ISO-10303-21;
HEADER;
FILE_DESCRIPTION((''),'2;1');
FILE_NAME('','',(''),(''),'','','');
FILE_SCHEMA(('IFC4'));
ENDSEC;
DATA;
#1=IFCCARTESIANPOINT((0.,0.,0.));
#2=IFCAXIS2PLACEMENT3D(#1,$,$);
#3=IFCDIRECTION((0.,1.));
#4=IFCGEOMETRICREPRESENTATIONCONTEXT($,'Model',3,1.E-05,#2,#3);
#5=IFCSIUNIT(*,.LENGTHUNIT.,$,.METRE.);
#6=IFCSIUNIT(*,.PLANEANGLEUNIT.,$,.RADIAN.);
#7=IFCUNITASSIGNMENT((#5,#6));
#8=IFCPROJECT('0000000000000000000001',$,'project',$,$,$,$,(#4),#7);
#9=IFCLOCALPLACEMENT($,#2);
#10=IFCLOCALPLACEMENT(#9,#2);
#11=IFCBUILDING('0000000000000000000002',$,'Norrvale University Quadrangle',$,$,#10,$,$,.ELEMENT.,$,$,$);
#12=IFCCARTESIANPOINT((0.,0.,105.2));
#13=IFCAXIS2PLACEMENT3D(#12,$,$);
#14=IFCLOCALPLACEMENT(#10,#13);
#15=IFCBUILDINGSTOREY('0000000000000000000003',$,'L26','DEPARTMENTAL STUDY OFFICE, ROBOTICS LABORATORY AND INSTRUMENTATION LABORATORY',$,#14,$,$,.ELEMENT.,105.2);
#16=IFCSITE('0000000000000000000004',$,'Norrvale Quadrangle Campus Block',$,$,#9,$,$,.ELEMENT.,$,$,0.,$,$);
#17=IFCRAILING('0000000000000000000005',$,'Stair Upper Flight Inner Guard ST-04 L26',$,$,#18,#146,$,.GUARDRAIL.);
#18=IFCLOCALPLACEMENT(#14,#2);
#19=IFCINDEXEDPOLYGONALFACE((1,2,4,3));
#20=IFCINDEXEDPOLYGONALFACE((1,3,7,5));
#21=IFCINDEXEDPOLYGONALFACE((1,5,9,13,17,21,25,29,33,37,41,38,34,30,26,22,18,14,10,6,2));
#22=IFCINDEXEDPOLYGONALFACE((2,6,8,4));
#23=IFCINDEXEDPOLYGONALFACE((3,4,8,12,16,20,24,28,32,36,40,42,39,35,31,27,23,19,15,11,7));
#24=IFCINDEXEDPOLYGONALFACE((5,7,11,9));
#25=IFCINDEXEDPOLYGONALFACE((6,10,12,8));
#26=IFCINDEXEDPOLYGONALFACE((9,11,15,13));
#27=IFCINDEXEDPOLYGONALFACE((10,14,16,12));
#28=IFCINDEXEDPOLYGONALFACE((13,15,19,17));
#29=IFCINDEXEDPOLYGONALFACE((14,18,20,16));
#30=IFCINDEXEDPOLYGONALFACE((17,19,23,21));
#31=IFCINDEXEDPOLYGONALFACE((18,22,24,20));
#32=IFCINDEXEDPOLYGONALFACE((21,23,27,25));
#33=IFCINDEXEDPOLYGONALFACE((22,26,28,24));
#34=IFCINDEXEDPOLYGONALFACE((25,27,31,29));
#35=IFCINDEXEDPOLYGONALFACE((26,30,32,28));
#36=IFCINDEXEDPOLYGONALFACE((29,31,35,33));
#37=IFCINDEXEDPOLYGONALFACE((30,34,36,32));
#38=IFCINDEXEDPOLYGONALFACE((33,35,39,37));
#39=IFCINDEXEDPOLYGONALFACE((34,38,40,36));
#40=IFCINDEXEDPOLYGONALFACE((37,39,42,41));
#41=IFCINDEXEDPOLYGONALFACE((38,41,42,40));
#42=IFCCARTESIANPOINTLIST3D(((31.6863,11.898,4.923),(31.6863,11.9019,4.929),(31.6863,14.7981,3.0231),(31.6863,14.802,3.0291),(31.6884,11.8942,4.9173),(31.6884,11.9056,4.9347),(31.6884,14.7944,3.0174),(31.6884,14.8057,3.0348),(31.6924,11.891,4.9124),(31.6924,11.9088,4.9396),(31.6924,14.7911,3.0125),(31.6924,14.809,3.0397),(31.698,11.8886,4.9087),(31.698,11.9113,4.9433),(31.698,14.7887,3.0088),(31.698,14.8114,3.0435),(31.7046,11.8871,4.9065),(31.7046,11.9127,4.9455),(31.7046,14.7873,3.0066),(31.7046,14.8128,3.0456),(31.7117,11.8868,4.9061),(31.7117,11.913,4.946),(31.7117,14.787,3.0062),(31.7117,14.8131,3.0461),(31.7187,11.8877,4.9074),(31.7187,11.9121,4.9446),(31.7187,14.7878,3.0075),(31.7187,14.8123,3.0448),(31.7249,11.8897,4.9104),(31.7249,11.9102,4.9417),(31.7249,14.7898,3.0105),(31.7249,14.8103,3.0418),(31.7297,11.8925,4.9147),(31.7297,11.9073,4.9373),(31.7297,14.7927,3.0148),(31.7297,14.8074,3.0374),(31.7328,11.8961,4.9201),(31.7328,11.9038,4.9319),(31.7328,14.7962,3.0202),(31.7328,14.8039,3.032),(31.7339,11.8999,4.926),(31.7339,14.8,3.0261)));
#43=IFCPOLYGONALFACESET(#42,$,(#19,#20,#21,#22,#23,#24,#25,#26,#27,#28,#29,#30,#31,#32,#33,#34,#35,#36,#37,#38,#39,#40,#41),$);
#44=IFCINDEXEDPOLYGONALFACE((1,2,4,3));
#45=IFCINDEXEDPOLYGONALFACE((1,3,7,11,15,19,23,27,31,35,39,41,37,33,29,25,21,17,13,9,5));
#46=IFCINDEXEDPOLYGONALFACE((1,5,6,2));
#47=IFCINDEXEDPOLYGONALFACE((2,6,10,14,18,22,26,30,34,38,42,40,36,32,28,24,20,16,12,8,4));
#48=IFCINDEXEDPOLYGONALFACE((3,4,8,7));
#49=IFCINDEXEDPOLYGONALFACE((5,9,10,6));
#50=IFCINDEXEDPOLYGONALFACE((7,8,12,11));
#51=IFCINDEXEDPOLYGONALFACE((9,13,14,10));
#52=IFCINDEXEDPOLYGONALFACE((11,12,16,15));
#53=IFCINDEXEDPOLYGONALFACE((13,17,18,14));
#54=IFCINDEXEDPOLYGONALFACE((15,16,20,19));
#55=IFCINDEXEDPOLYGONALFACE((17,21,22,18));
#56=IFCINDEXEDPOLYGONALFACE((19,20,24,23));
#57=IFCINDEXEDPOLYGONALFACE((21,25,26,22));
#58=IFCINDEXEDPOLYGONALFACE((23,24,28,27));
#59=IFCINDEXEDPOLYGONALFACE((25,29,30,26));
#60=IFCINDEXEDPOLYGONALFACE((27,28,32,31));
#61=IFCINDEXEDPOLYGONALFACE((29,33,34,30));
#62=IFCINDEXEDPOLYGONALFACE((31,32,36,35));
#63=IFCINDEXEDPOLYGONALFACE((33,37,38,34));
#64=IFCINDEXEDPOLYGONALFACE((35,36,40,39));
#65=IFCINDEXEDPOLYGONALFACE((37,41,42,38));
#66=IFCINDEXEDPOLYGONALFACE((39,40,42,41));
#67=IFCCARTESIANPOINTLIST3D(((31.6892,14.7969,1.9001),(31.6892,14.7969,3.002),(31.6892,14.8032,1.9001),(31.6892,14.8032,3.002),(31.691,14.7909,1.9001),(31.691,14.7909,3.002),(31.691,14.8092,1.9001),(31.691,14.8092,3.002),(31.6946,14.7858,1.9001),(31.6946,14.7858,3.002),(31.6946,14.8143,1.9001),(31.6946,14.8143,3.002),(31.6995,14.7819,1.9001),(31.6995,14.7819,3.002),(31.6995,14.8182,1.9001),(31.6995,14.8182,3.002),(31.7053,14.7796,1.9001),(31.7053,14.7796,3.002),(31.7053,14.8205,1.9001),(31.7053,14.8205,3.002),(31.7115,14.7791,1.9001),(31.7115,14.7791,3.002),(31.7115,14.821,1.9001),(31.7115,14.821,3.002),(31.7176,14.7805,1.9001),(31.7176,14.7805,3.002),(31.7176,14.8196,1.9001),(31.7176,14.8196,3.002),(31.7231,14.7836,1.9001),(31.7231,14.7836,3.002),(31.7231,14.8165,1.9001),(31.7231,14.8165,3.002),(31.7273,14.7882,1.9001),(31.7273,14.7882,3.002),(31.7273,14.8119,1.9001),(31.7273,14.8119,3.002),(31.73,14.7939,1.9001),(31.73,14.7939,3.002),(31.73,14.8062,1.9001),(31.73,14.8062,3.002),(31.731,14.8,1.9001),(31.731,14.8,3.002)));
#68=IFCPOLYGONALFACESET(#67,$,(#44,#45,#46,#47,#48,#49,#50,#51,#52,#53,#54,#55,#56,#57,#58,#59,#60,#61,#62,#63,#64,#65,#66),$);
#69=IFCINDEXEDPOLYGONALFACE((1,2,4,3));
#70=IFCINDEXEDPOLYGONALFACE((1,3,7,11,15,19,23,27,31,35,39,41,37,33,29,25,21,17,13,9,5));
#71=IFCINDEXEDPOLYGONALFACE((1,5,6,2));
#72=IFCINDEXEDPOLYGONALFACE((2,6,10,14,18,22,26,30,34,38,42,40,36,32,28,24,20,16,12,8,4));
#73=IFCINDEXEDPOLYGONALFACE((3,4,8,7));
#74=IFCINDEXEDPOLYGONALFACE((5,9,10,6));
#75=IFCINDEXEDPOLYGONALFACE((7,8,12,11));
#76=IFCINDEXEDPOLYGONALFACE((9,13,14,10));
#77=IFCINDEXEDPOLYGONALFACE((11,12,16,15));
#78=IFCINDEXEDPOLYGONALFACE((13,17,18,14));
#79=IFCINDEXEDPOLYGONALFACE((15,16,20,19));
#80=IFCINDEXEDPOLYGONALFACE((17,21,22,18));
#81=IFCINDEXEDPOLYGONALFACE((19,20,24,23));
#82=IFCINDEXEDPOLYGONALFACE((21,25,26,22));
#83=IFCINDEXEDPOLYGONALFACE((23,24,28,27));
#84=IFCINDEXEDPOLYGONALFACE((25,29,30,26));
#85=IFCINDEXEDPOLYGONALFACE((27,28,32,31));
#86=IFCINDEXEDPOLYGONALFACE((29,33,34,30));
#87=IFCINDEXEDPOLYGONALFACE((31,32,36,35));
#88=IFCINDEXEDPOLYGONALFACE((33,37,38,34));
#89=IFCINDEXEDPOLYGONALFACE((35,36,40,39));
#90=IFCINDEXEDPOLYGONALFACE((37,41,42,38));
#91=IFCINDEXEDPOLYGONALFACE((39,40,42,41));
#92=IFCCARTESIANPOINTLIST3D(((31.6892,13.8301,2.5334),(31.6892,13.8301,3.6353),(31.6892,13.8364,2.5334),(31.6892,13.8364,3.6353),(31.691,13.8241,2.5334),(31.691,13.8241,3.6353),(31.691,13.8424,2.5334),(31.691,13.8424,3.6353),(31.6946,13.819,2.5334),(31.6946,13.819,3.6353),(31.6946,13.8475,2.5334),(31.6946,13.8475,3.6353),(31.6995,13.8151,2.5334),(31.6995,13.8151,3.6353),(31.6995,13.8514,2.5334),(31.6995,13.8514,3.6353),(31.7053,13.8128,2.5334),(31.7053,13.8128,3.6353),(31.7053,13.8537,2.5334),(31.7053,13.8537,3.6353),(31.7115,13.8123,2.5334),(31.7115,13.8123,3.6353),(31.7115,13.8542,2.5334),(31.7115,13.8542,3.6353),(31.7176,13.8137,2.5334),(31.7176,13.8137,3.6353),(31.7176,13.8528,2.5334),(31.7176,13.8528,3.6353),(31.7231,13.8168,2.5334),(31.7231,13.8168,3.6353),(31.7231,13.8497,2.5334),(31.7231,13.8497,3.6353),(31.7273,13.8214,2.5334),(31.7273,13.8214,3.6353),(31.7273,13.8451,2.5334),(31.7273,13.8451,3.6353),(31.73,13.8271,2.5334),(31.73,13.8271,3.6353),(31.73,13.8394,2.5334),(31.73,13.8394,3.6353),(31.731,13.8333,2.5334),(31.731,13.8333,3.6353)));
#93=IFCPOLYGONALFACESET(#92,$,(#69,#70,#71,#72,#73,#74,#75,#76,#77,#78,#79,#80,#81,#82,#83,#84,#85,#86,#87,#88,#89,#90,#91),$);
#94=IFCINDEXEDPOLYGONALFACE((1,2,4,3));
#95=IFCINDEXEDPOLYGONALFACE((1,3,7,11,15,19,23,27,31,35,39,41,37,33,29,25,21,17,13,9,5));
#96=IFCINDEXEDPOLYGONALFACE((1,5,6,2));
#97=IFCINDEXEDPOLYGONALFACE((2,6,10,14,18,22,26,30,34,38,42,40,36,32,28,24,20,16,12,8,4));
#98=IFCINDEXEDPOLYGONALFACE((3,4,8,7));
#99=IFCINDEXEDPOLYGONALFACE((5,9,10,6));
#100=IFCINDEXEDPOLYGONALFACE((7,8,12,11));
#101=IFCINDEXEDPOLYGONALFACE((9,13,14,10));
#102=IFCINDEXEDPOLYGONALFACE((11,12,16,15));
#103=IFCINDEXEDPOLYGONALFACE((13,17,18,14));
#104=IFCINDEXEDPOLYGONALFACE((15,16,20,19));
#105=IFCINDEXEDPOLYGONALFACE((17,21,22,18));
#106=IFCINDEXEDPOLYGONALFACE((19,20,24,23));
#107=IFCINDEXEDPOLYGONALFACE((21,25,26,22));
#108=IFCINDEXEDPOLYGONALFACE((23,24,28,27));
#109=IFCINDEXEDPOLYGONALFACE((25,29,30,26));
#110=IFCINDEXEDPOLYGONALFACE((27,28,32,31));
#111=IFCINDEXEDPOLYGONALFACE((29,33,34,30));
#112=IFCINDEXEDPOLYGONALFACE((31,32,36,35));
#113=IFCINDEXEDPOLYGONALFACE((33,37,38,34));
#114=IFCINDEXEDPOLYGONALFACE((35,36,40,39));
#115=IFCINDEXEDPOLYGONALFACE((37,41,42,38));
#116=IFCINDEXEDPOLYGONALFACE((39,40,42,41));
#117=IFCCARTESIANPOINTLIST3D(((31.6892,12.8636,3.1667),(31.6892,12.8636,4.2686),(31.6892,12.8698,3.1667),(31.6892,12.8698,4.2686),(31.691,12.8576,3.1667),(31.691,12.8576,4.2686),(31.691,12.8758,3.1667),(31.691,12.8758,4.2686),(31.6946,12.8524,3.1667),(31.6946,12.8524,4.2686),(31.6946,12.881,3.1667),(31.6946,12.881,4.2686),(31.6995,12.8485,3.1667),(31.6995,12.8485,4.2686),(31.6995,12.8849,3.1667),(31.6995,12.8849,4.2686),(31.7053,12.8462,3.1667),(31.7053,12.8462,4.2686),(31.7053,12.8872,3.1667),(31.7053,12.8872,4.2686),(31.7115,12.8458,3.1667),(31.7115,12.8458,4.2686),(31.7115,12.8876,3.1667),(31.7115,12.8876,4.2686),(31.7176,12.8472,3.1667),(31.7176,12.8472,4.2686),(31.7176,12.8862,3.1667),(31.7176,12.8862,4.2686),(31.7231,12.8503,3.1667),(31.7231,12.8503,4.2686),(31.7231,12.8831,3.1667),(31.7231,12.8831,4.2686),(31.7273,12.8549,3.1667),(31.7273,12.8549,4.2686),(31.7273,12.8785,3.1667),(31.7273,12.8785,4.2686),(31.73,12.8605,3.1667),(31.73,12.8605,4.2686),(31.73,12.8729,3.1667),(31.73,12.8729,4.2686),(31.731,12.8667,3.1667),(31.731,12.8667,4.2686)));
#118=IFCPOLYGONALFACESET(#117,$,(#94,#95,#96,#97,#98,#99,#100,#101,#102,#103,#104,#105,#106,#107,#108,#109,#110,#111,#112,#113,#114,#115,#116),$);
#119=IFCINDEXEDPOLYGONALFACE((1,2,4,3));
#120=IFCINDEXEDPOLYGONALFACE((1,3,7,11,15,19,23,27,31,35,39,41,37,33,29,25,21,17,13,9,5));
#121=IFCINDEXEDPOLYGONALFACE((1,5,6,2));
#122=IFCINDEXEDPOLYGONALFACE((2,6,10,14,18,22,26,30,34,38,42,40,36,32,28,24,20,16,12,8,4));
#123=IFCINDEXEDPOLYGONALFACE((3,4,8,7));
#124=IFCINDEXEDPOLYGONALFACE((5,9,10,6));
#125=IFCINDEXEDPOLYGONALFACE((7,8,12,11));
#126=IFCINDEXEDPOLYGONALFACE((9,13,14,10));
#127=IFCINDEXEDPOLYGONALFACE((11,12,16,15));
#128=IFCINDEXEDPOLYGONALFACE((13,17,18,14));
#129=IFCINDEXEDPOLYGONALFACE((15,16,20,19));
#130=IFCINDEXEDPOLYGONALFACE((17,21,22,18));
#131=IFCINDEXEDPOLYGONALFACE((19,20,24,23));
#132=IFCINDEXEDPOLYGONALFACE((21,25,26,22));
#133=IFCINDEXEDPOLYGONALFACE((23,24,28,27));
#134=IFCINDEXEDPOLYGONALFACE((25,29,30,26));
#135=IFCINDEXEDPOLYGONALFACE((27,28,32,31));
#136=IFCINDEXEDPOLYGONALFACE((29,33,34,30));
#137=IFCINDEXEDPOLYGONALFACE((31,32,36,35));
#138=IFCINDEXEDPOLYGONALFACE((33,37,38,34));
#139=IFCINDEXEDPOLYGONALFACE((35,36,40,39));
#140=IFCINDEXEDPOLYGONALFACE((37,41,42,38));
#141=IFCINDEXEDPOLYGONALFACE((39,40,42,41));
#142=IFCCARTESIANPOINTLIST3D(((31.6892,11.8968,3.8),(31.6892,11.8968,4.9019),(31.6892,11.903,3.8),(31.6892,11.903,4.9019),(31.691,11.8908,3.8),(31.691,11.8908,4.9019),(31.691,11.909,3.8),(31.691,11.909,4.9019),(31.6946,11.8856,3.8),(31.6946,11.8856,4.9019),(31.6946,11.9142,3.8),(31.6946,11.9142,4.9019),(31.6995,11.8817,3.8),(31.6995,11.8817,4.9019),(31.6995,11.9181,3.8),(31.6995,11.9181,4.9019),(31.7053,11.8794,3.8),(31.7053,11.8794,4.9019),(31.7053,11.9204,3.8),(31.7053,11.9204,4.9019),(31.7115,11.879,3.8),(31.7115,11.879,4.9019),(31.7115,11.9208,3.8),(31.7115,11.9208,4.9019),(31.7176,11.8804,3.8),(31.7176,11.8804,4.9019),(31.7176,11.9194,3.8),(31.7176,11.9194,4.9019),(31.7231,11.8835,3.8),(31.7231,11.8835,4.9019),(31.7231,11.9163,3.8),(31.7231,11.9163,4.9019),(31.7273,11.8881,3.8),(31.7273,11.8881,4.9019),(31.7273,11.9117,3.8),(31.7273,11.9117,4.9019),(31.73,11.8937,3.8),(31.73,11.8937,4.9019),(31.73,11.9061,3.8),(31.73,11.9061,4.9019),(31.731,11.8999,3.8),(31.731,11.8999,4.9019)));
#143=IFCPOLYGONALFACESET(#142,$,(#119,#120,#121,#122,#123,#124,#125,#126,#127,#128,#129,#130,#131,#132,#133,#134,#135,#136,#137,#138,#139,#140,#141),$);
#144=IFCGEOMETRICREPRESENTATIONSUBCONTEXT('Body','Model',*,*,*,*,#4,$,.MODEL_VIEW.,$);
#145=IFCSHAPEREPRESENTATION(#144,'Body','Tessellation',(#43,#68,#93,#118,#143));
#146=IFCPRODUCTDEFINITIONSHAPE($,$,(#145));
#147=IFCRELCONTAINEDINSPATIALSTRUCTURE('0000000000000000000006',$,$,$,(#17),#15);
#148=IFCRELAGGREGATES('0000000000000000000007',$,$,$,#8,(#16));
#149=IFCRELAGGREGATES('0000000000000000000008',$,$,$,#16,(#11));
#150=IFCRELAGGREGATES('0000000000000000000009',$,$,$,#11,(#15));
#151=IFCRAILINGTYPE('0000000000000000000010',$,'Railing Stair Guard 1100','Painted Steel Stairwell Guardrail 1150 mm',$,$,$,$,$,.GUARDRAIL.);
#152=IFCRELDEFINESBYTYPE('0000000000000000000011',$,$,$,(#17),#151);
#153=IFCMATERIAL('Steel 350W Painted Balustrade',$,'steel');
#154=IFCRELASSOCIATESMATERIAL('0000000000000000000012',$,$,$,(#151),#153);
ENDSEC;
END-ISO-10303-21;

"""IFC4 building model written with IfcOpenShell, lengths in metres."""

from ifc_helpers import new_model, si_unit, direction, frame, origin, origin_2d, place, context, subcontext, project, spatial, circle, extrude, material, type_object, element, save


model = new_model("IFC4")

# Units and contexts
model_context = context("Model", 3, precision=1e-05, world=origin(), true_north=direction((0.0, 1.0)))
body_context = subcontext(model_context, "Body", "Model", "MODEL_VIEW")
ifc_project = project(units=[si_unit("LENGTHUNIT", "METRE"), si_unit("PLANEANGLEUNIT", "RADIAN")], contexts=[model_context])

# Site, building, storey
site_placement = place(None, origin())
site = spatial("IfcSite", under=ifc_project, at=site_placement, Name="Norrvale Quadrangle Campus Block", CompositionType="ELEMENT", RefElevation=0.0)
building_placement = place(site_placement, origin())
building = spatial("IfcBuilding", under=site, at=building_placement, Name="Norrvale University Quadrangle", CompositionType="ELEMENT")
storey_placement = place(building_placement, frame((0.0, 0.0, 105.2)))
storey = spatial("IfcBuildingStorey", under=building, at=storey_placement, Name="L26", Description="DEPARTMENTAL STUDY OFFICE, ROBOTICS LABORATORY AND INSTRUMENTATION LABORATORY", CompositionType="ELEMENT", Elevation=105.2)

# Railing
ifc_material_1 = material(Name="Steel 350W Painted Balustrade", Category="steel")
railing_type_1 = type_object("IfcRailingType", Name="Railing Stair Guard 1100", Description="Painted Steel Stairwell Guardrail 1150 mm", PredefinedType="GUARDRAIL", material=ifc_material_1)
railing_1_placement = place(storey_placement, frame((31.71, 14.8, 1.9001)))
element("IfcRailing", 1, at=railing_1_placement, inside=storey, type_object=railing_type_1, Name="Stair Upper Flight Inner Guard ST-04 L26", PredefinedType="GUARDRAIL", context=body_context, shape_type="SweptSolid", body=[
    extrude(circle(Radius=0.0239, at=origin_2d()), frame((0.0, 0.0, 1.126), z_axis=(0.0, -0.836487, 0.547987), x_axis=(1.0, 0.0, 0.0)), (0.0, 0.0, 1.0), 3.467),
    extrude(circle(Radius=0.021, at=origin_2d()), origin(), (0.0, 0.0, 1.0), 1.1018),
    extrude(circle(Radius=0.021, at=origin_2d()), frame((0.0, -0.9668, 0.6333)), (0.0, 0.0, 1.0), 1.1018),
    extrude(circle(Radius=0.021, at=origin_2d()), frame((0.0, -1.9333, 1.2666)), (0.0, 0.0, 1.0), 1.1018),
    extrude(circle(Radius=0.021, at=origin_2d()), frame((0.0, -2.9001, 1.8999)), (0.0, 0.0, 1.0), 1.1018),
])

save(model, "model.ifc")
